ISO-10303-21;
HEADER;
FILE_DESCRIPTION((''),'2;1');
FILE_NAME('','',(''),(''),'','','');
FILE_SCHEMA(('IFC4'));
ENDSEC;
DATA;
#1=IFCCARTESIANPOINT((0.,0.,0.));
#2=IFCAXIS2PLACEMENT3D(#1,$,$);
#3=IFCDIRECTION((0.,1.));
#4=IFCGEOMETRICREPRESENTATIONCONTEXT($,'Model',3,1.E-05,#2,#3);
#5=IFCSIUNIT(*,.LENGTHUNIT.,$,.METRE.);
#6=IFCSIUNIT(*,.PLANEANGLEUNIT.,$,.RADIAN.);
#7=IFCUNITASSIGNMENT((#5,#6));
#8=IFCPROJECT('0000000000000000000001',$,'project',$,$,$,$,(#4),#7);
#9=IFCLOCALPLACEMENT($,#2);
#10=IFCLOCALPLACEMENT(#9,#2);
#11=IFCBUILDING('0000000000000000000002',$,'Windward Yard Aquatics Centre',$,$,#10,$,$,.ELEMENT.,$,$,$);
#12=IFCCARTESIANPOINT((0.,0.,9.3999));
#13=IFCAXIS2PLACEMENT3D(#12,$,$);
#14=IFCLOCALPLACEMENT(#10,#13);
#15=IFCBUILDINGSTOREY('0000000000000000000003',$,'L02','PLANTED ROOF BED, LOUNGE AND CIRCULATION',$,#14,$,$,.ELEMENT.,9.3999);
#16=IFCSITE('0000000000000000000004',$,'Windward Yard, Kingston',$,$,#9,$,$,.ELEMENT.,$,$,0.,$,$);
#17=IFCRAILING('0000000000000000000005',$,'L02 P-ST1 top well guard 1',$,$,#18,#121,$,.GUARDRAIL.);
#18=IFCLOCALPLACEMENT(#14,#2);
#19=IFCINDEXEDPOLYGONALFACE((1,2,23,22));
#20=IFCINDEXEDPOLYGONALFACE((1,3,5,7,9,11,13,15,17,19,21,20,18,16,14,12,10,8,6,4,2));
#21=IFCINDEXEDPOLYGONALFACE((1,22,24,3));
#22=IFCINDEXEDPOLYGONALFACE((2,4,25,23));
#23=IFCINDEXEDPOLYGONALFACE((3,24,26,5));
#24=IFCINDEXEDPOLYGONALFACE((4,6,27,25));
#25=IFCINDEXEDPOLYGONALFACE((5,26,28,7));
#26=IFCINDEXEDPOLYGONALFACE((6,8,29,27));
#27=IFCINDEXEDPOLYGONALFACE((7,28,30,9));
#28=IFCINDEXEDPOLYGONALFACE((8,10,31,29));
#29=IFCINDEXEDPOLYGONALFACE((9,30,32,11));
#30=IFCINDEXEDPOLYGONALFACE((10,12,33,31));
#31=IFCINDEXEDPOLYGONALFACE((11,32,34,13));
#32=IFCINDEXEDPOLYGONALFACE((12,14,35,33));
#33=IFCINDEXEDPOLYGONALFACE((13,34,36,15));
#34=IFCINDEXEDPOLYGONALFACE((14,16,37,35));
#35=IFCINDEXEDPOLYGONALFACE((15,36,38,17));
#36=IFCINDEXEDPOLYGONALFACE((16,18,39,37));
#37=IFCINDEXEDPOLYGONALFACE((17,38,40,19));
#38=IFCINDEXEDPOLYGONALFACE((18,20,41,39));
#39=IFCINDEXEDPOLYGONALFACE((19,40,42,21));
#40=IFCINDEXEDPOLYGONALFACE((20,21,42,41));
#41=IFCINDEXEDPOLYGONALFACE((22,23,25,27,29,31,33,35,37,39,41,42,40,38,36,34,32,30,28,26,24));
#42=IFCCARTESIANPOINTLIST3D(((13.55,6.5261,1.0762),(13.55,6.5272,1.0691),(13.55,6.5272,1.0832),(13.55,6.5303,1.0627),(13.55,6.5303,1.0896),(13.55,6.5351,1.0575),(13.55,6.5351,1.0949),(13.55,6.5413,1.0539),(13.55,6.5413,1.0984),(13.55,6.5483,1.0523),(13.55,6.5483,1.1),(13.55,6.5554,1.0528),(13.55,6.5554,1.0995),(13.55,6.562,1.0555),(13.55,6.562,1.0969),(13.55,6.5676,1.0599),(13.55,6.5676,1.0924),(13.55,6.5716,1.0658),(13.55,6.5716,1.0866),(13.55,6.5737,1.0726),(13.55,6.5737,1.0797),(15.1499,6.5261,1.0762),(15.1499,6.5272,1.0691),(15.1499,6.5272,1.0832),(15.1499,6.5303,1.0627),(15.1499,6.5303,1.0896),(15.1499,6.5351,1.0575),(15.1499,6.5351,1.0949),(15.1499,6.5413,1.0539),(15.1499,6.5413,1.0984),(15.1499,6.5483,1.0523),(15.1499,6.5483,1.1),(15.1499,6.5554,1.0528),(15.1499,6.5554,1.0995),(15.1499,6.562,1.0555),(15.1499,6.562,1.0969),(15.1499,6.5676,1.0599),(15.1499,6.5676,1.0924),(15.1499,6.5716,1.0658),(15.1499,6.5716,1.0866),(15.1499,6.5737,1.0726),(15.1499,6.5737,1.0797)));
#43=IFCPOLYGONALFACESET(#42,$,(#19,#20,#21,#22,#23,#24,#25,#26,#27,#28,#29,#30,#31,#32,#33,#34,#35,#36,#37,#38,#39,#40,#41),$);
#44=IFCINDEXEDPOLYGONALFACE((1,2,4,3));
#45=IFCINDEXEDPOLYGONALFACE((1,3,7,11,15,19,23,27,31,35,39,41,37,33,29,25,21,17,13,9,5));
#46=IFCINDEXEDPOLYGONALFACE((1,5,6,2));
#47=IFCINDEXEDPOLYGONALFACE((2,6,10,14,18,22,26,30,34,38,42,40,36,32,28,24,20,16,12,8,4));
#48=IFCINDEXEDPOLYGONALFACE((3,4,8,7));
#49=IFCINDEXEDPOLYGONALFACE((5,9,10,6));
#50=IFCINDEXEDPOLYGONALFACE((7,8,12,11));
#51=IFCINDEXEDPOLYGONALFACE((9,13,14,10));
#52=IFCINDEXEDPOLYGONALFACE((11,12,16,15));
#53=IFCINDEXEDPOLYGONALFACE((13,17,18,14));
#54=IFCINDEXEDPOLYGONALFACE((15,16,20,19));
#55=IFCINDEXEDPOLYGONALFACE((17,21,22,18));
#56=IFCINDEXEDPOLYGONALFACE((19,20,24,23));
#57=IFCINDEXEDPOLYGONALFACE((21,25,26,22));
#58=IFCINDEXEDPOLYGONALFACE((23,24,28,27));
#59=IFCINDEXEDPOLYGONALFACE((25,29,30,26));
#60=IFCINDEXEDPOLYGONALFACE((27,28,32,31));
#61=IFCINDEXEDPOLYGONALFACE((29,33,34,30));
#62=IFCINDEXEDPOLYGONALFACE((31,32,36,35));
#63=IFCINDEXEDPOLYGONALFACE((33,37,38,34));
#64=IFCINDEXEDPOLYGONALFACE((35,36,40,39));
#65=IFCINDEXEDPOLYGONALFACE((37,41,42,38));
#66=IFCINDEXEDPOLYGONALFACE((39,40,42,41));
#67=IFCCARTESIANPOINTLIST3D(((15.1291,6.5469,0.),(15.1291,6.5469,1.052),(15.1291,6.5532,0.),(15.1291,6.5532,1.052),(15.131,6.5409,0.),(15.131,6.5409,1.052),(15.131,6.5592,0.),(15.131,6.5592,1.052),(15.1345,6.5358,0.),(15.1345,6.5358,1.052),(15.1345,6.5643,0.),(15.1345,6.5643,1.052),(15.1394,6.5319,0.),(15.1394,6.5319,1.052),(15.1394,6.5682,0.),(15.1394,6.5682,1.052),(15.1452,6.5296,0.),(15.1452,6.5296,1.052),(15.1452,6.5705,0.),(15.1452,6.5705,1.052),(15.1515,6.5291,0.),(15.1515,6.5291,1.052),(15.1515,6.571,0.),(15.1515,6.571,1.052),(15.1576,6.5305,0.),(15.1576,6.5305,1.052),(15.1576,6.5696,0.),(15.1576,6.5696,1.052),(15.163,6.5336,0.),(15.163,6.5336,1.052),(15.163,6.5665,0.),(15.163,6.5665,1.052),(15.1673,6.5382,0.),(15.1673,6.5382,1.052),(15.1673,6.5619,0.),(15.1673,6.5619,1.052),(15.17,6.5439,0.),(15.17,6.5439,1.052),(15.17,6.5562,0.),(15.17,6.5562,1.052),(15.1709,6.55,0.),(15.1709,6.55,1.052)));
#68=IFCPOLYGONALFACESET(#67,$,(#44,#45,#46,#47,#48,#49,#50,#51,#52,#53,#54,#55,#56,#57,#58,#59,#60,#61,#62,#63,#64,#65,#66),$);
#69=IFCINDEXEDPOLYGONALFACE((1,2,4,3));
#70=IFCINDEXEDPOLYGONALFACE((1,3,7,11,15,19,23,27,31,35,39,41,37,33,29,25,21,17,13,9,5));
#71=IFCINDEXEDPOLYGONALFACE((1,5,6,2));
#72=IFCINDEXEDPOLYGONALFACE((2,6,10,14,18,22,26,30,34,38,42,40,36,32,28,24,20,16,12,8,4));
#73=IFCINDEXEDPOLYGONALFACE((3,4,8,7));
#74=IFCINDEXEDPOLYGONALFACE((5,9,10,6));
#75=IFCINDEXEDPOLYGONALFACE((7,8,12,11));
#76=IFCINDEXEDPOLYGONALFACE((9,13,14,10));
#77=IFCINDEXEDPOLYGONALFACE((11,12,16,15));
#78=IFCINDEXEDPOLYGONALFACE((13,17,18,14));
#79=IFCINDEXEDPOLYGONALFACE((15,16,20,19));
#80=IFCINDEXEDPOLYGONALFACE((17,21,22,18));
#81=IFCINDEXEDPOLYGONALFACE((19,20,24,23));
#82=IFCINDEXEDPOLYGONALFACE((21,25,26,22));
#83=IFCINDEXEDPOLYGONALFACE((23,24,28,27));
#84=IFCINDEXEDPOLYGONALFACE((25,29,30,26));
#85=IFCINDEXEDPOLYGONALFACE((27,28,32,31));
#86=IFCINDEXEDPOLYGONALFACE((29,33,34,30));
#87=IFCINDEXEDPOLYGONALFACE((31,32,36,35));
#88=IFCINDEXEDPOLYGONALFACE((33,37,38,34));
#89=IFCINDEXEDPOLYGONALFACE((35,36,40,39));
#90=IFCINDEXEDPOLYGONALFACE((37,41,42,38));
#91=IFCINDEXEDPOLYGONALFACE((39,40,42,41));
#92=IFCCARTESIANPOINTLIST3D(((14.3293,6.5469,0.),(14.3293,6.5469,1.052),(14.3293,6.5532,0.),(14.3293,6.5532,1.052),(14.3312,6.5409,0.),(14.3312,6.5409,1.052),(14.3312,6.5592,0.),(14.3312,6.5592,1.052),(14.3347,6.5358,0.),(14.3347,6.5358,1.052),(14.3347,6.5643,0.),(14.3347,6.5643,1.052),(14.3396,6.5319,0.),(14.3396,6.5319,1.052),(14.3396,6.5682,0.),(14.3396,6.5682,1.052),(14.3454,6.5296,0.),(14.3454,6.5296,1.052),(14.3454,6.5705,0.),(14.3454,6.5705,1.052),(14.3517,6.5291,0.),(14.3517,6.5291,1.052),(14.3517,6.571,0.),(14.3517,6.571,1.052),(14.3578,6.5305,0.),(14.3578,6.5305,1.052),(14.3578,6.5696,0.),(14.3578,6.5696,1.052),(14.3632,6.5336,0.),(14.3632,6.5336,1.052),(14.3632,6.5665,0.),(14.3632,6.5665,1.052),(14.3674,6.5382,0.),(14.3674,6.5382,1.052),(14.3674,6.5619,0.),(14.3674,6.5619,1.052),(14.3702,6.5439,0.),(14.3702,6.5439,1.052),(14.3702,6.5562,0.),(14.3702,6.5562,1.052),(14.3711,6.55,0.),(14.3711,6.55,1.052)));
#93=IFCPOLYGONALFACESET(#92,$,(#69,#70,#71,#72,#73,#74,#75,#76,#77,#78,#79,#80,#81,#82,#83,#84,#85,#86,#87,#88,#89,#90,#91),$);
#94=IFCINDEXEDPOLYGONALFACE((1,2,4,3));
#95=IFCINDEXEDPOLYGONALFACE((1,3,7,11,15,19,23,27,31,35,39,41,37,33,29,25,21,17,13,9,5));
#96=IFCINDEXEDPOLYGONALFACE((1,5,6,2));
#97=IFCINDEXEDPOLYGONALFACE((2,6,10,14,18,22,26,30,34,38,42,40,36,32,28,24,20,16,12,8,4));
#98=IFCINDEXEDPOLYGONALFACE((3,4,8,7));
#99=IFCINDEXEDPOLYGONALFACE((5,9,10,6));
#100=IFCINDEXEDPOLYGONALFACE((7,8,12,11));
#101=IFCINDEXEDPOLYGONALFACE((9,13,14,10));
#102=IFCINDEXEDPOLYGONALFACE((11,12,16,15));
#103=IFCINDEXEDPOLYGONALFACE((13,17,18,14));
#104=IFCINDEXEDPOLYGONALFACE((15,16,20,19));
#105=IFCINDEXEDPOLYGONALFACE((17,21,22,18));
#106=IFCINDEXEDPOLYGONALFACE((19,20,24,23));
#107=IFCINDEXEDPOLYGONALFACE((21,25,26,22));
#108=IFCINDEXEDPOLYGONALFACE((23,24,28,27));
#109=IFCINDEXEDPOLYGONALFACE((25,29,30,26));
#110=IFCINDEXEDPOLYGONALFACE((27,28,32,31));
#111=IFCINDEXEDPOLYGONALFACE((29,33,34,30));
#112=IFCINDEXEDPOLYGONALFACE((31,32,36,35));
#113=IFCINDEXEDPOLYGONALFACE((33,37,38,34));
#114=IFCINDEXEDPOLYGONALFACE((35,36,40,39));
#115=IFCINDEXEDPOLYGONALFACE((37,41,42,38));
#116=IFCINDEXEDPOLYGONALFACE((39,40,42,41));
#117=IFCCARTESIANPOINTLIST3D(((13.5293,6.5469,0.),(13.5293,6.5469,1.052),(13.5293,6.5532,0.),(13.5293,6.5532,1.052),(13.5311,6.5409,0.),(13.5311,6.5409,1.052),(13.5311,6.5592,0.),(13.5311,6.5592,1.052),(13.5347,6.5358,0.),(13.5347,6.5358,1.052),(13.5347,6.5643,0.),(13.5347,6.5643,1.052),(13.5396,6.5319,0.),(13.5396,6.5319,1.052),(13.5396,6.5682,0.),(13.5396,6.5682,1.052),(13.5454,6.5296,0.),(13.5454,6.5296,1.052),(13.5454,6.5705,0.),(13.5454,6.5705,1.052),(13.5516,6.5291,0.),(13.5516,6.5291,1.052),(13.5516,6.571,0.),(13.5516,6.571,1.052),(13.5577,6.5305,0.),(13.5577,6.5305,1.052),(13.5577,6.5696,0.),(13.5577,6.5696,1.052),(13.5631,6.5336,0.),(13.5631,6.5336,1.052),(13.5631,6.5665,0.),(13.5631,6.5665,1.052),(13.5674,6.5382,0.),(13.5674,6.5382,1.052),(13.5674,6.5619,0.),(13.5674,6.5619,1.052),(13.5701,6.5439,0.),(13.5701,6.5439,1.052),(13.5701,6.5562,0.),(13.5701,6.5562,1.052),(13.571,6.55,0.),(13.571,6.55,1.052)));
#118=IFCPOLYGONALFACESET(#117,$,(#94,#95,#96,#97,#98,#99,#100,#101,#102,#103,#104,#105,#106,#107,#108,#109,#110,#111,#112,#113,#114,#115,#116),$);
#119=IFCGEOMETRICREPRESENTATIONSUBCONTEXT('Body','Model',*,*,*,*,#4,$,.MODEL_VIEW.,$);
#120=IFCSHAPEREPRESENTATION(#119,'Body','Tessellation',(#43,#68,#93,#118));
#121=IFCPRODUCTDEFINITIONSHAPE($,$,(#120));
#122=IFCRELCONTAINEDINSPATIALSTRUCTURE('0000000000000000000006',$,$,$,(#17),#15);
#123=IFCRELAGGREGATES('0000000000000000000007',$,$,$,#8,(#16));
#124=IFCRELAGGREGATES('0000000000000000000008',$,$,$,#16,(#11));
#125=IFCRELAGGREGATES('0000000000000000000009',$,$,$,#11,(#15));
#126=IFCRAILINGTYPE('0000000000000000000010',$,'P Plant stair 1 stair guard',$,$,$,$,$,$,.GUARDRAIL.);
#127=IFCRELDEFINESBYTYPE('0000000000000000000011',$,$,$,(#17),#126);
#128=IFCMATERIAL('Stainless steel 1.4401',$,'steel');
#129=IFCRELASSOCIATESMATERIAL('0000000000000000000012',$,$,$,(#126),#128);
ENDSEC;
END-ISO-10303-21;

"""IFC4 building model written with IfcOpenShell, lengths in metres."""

from ifc_helpers import new_model, si_unit, direction, frame, origin, origin_2d, place, context, subcontext, project, spatial, circle, extrude, material, type_object, element, save


model = new_model("IFC4")

# Units and contexts
model_context = context("Model", 3, precision=1e-05, world=origin(), true_north=direction((0.0, 1.0)))
body_context = subcontext(model_context, "Body", "Model", "MODEL_VIEW")
ifc_project = project(units=[si_unit("LENGTHUNIT", "METRE"), si_unit("PLANEANGLEUNIT", "RADIAN")], contexts=[model_context])

# Site, building, storey
site_placement = place(None, origin())
site = spatial("IfcSite", under=ifc_project, at=site_placement, Name="Windward Yard, Kingston", CompositionType="ELEMENT", RefElevation=0.0)
building_placement = place(site_placement, origin())
building = spatial("IfcBuilding", under=site, at=building_placement, Name="Windward Yard Aquatics Centre", CompositionType="ELEMENT")
storey_placement = place(building_placement, frame((0.0, 0.0, 9.3999)))
storey = spatial("IfcBuildingStorey", under=building, at=storey_placement, Name="L02", Description="PLANTED ROOF BED, LOUNGE AND CIRCULATION", CompositionType="ELEMENT", Elevation=9.3999)

# Railing
ifc_material_1 = material(Name="Stainless steel 1.4401", Category="steel")
railing_type_1 = type_object("IfcRailingType", Name="P Plant stair 1 stair guard", PredefinedType="GUARDRAIL", material=ifc_material_1)
railing_1_placement = place(storey_placement, frame((15.1499, 6.55, 0.0)))
element("IfcRailing", 1, at=railing_1_placement, inside=storey, type_object=railing_type_1, Name="L02 P-ST1 top well guard 1", PredefinedType="GUARDRAIL", context=body_context, shape_type="SweptSolid", body=[
    extrude(circle(Radius=0.0239, at=origin_2d()), frame((0.0, 0.0, 1.0762), z_axis=(-1.0, 0.0, 0.0), x_axis=(0.0, -1.0, 0.0)), (0.0, 0.0, 1.0), 1.5999),
    extrude(circle(Radius=0.021, at=origin_2d()), origin(), (0.0, 0.0, 1.0), 1.052),
    extrude(circle(Radius=0.021, at=origin_2d()), frame((-0.7998, 0.0, 0.0)), (0.0, 0.0, 1.0), 1.052),
    extrude(circle(Radius=0.021, at=origin_2d()), frame((-1.5999, 0.0, 0.0)), (0.0, 0.0, 1.0), 1.052),
])

save(model, "model.ifc")
